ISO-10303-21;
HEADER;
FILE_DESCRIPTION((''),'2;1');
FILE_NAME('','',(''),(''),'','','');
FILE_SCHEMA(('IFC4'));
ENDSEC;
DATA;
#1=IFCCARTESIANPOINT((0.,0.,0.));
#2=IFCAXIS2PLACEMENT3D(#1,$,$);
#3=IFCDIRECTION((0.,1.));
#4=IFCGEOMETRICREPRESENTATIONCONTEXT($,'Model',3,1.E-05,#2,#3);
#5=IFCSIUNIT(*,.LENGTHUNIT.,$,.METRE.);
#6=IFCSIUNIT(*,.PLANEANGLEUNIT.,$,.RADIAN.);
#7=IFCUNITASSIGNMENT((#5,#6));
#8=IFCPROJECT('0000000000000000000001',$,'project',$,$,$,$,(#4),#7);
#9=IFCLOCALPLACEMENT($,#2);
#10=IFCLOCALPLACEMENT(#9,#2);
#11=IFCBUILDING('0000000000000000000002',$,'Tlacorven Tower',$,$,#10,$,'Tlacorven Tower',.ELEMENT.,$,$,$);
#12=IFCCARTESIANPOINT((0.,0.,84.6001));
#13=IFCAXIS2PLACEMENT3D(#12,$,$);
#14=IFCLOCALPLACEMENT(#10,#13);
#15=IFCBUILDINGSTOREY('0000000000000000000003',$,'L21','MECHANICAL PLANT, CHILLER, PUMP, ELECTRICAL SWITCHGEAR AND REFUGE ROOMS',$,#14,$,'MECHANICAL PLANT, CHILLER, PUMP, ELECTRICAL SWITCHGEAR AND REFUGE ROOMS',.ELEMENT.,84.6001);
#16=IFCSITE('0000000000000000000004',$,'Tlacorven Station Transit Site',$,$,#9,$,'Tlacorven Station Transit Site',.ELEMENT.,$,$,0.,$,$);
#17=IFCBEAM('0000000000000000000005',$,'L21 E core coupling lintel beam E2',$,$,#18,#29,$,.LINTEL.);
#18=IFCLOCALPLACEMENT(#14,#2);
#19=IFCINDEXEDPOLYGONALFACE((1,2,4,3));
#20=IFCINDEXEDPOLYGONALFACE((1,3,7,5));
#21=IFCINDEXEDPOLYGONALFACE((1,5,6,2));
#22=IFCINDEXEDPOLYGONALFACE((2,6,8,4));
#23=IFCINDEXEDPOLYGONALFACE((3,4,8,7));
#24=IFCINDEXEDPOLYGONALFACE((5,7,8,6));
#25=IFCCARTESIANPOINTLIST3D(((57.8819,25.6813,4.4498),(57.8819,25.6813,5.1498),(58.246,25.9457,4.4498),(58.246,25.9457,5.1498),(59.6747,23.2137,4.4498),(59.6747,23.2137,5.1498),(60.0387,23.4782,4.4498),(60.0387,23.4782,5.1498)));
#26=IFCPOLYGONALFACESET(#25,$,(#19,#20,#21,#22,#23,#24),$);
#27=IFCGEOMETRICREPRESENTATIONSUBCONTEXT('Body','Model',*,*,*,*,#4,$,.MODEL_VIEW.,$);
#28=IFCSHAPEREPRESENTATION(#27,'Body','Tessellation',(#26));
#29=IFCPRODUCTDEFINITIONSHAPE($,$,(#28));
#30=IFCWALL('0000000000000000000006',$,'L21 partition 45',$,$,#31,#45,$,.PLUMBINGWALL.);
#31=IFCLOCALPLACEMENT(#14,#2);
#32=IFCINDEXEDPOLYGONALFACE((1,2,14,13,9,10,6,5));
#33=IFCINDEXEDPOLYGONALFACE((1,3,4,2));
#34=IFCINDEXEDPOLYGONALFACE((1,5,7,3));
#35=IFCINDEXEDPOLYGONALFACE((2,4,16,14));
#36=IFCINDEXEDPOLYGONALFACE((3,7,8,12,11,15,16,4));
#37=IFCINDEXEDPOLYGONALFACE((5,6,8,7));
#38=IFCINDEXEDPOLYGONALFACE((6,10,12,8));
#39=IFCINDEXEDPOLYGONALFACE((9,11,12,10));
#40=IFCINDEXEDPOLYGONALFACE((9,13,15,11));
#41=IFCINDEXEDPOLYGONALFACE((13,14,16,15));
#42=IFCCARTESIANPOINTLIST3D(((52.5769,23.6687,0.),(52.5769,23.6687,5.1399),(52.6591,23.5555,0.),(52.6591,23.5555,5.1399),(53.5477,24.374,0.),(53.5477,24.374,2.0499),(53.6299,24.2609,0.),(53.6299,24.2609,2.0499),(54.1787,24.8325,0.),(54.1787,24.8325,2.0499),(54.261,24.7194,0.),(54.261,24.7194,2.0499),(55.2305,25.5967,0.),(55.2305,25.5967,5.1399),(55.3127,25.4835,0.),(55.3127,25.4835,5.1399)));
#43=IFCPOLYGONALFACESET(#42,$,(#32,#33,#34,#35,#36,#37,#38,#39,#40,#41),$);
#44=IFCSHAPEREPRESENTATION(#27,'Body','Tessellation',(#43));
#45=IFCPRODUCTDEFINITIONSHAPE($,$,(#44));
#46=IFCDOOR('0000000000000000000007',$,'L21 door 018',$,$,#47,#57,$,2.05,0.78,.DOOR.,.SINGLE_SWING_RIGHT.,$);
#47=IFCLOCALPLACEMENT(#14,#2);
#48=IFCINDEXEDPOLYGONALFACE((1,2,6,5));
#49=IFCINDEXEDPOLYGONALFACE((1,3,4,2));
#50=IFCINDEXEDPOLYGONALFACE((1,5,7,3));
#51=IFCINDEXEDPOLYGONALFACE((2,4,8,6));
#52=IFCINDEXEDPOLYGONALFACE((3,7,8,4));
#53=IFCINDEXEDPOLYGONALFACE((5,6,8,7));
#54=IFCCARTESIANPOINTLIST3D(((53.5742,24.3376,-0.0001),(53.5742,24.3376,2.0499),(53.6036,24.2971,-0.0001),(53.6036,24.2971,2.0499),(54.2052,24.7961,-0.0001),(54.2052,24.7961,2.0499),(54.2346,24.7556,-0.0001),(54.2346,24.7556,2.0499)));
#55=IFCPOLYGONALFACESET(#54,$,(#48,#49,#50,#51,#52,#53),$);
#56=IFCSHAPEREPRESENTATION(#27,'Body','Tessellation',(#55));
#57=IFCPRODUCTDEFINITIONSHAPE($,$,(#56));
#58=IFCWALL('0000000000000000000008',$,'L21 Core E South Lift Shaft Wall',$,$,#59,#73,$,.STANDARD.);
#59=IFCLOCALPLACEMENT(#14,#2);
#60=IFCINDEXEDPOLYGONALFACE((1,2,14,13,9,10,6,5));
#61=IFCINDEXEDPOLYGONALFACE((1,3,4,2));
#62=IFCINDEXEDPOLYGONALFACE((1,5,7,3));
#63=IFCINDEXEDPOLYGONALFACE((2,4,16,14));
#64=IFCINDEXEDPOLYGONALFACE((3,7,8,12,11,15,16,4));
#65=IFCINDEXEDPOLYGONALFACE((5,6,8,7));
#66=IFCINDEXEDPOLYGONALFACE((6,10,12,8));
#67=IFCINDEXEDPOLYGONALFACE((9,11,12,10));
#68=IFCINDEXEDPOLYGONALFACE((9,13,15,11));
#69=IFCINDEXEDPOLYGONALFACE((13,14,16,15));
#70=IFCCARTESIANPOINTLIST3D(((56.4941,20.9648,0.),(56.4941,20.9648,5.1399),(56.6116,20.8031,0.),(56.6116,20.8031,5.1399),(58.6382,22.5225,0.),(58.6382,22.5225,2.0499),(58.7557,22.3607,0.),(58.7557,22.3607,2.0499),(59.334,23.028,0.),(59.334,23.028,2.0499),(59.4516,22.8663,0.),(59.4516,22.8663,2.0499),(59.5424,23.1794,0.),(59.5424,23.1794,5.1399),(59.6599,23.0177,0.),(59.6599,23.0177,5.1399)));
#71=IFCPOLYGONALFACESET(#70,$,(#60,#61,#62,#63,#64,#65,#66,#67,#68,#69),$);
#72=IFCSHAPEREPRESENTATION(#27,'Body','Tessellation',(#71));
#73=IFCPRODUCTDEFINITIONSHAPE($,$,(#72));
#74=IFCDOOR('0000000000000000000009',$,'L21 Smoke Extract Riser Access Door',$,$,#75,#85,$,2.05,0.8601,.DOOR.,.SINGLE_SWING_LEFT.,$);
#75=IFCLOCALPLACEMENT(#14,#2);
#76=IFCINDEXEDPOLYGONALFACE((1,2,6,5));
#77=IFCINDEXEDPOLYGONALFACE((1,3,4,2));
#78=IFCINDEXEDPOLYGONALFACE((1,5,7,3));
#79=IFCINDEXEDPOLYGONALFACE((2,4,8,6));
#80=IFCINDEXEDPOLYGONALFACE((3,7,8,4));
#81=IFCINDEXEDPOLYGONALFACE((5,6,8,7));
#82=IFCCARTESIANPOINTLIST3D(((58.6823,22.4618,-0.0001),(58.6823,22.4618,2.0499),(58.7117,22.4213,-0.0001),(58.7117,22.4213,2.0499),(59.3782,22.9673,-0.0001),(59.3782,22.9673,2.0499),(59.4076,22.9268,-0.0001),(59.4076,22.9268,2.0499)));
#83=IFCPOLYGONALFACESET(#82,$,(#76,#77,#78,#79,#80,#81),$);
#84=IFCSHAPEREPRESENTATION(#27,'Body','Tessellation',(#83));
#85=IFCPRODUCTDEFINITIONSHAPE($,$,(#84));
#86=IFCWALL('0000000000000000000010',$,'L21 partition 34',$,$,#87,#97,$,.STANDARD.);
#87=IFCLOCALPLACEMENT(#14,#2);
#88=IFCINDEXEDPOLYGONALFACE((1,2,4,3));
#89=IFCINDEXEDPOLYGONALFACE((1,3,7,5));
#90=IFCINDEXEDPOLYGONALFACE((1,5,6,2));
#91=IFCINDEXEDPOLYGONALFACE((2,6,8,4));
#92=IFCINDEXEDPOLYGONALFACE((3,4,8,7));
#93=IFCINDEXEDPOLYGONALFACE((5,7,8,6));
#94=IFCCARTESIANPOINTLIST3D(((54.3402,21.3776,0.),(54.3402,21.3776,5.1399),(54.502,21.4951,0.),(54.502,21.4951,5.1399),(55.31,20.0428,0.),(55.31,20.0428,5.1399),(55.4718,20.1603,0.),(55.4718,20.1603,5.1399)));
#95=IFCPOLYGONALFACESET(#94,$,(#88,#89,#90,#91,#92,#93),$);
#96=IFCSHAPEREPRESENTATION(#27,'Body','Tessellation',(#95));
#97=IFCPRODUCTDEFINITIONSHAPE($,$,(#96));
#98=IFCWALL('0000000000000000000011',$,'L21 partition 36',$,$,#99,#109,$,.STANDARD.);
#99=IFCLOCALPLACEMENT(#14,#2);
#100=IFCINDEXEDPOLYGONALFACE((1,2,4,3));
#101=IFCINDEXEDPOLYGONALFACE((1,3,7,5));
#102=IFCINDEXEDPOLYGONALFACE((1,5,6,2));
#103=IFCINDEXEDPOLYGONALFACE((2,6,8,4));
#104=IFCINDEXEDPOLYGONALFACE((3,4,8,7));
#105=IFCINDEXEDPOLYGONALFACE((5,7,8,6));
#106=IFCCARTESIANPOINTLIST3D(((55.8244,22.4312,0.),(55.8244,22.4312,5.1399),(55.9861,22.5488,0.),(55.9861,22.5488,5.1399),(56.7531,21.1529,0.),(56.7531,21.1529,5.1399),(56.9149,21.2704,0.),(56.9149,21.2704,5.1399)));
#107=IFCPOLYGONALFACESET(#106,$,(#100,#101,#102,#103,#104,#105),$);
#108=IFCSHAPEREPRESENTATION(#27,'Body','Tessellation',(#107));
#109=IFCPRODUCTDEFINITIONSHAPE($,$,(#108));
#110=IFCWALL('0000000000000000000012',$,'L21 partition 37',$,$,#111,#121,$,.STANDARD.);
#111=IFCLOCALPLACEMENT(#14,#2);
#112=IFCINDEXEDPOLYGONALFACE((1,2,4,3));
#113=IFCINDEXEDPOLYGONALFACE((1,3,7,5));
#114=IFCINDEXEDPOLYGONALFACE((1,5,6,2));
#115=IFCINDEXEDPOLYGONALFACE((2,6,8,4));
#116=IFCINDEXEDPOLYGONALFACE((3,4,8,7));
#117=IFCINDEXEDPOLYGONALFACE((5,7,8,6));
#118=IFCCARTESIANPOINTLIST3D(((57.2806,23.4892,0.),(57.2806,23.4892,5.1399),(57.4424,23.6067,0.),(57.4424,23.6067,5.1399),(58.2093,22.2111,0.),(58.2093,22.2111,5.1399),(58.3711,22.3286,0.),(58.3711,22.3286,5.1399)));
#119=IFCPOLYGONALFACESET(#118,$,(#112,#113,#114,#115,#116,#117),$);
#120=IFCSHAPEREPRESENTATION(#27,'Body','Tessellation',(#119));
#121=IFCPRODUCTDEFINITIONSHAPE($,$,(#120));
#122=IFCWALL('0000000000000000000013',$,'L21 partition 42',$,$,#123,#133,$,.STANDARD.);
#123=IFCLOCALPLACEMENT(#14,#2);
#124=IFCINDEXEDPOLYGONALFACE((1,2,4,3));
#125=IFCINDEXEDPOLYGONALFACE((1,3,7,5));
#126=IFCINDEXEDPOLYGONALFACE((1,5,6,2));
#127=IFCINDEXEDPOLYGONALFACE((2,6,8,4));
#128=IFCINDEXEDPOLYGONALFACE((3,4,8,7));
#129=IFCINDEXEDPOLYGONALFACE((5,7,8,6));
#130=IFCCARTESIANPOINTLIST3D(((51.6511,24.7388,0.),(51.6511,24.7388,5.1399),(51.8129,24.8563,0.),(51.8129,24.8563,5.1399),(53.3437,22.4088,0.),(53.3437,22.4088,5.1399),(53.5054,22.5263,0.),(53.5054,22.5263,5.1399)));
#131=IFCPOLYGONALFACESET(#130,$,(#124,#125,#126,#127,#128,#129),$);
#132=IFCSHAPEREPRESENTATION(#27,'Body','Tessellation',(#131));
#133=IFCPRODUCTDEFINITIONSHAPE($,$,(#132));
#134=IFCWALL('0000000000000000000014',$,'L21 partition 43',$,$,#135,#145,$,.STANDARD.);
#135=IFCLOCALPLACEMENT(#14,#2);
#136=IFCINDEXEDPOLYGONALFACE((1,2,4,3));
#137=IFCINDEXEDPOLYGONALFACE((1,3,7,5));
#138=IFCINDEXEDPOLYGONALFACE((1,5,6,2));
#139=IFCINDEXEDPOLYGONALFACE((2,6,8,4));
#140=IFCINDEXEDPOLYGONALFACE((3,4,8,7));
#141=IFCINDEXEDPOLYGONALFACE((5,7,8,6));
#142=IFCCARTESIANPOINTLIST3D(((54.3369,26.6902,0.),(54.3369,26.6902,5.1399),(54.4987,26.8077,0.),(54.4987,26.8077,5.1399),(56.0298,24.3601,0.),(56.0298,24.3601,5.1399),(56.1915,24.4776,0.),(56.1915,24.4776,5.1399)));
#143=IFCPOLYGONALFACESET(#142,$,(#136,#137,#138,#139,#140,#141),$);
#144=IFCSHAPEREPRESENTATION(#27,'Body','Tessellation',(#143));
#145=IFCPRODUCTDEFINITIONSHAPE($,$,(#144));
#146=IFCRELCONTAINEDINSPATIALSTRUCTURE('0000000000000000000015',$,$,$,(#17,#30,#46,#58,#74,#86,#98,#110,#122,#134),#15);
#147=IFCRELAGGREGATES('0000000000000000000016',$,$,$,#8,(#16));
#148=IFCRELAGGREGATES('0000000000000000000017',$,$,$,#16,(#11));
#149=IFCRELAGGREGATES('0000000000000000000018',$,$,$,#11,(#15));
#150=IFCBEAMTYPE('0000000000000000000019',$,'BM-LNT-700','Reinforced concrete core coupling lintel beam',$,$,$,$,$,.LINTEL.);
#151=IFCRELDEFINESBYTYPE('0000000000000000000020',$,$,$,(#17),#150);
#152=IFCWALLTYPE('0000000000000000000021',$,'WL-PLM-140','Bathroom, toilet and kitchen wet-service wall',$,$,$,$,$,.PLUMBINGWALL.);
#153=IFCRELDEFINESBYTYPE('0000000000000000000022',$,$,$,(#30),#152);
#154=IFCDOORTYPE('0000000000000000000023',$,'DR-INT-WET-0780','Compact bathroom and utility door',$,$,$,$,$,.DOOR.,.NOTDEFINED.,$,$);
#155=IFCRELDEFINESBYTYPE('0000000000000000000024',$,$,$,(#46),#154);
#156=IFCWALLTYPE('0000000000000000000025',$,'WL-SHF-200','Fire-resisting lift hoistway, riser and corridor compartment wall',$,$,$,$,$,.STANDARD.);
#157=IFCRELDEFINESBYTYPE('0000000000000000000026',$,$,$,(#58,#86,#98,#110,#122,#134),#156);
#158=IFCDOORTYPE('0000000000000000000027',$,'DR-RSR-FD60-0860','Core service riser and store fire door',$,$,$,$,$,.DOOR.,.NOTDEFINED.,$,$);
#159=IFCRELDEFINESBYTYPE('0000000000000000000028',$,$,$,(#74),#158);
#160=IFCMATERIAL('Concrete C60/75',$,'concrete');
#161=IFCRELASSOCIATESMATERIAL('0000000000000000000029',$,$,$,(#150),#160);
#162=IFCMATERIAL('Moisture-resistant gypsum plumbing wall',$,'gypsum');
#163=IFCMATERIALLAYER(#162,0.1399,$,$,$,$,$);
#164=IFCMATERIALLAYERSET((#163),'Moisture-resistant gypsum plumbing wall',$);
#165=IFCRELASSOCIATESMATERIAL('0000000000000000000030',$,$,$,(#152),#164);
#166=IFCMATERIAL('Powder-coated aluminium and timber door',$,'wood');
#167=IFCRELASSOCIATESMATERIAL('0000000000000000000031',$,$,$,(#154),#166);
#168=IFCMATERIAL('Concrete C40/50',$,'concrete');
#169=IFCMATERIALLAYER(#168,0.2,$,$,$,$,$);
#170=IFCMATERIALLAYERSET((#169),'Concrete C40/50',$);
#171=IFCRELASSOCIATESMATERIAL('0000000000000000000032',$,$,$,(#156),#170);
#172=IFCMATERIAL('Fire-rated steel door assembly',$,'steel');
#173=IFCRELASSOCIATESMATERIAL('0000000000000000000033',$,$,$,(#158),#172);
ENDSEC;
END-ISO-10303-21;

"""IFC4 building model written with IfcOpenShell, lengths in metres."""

from ifc_helpers import new_model, si_unit, direction, frame, frame_2d, origin, origin_2d, place, context, subcontext, project, spatial, rectangle, extrude, source, transform, mapped, material, layer, layer_set, material_profile, profile_set, type_object, element, fill, save


model = new_model("IFC4")

# Units and contexts
model_context = context("Model", 3, precision=1e-05, world=origin(), true_north=direction((0.0, 1.0)))
body_context = subcontext(model_context, "Body", "Model", "MODEL_VIEW")
ifc_project = project(units=[si_unit("LENGTHUNIT", "METRE"), si_unit("PLANEANGLEUNIT", "RADIAN")], contexts=[model_context])

# Site, building, storey
site_placement = place(None, origin())
site = spatial("IfcSite", under=ifc_project, at=site_placement, Name="Tlacorven Station Transit Site", LongName="Tlacorven Station Transit Site", CompositionType="ELEMENT", RefElevation=0.0)
building_placement = place(site_placement, origin())
building = spatial("IfcBuilding", under=site, at=building_placement, Name="Tlacorven Tower", LongName="Tlacorven Tower", CompositionType="ELEMENT")
storey_placement = place(building_placement, frame((0.0, 0.0, 84.6001)))
storey = spatial("IfcBuildingStorey", under=building, at=storey_placement, Name="L21", Description="MECHANICAL PLANT, CHILLER, PUMP, ELECTRICAL SWITCHGEAR AND REFUGE ROOMS", LongName="MECHANICAL PLANT, CHILLER, PUMP, ELECTRICAL SWITCHGEAR AND REFUGE ROOMS", CompositionType="ELEMENT", Elevation=84.6001)

# Beam
ifc_material_1 = material(Name="Concrete C60/75", Category="concrete")
ifc_material_profile = material_profile(ifc_material_1, rectangle(XDim=0.45, YDim=0.7, at=origin_2d()), Name="RC 450X700")
ifc_profile_set = profile_set([ifc_material_profile], Name="Concrete C60/75")
beam_type = type_object("IfcBeamType", Name="BM-LNT-700", Description="Reinforced concrete core coupling lintel beam", PredefinedType="LINTEL", material=ifc_profile_set)
shared_shape_1 = source(origin(), body_context, "Body", "SweptSolid", [
    extrude(rectangle(XDim=0.45, YDim=0.7, at=origin_2d()), origin(), (0.0, 0.0, 1.0), 3.05),
])
beam_placement = place(storey_placement, frame((59.8567, 23.3459, 4.7998), z_axis=(-0.587777, 0.809023, 0.0), x_axis=(-0.809023, -0.587777, 0.0)))
element("IfcBeam", 1, at=beam_placement, inside=storey, type_object=beam_type, Name="L21 E core coupling lintel beam E2", PredefinedType="LINTEL", context=body_context, shape_type="MappedRepresentation", body=[
    mapped(shared_shape_1, transform((0.0, 0.0, 0.0), scale=1.0)),
])

# Walls, openings, doors
ifc_material_2 = material(Name="Moisture-resistant gypsum plumbing wall", Category="gypsum")
ifc_layer_1 = layer(ifc_material_2, 0.1399)
ifc_layer_set_1 = layer_set([ifc_layer_1], Name="Moisture-resistant gypsum plumbing wall")
wall_type_1 = type_object("IfcWallType", Name="WL-PLM-140", Description="Bathroom, toilet and kitchen wet-service wall", PredefinedType="PLUMBINGWALL", material=ifc_layer_set_1)
wall_1_placement = place(storey_placement, frame((52.6179, 23.6121, 0.0), z_axis=(0.0, 0.0, 1.0), x_axis=(0.80901, 0.587795, 0.0)))
wall_1 = element("IfcWall", 2, at=wall_1_placement, inside=storey, type_object=wall_type_1, Name="L21 partition 45", PredefinedType="PLUMBINGWALL", context=body_context, shape_type="SweptSolid", body=[
    extrude(rectangle(XDim=3.28, YDim=0.1399, at=frame_2d((1.6401, 0.0))), origin(), (0.0, 0.0, 1.0), 5.1399),
])
opening_1_placement = place(wall_1_placement, frame((1.2, 0.0, 0.0)))
opening_1 = element("IfcOpeningElement", 3, at=opening_1_placement, cuts=wall_1, PredefinedType="OPENING", context=body_context, shape_type="SweptSolid", body=[
    extrude(rectangle(XDim=0.78, YDim=2.05, at=frame_2d((0.3901, 1.0249))), frame((0.0, 0.0801, 0.0), z_axis=(0.0, -1.0, 0.0), x_axis=(1.0, 0.0, 0.0)), (0.0, 0.0, 1.0), 0.1599),
])
ifc_material_3 = material(Name="Powder-coated aluminium and timber door", Category="wood")
door_type_1 = type_object("IfcDoorType", Name="DR-INT-WET-0780", Description="Compact bathroom and utility door", OperationType="NOTDEFINED", PredefinedType="DOOR", material=ifc_material_3)
shared_shape_2 = source(origin(), body_context, "Body", "SweptSolid", [
    extrude(rectangle(XDim=0.78, YDim=2.05, at=frame_2d((0.3901, 1.0249))), frame((0.0, 0.0249, 0.0), z_axis=(0.0, -1.0, 0.0), x_axis=(1.0, 0.0, 0.0)), (0.0, 0.0, 1.0), 0.05),
])
door_1_placement = place(opening_1_placement, origin())
door_1 = element("IfcDoor", 4, at=door_1_placement, inside=storey, type_object=door_type_1, Name="L21 door 018", OperationType="SINGLE_SWING_RIGHT", OverallHeight=2.05, OverallWidth=0.78, PredefinedType="DOOR", context=body_context, shape_type="MappedRepresentation", body=[
    mapped(shared_shape_2, transform((0.0, 0.0, 0.0), scale=1.0)),
])
fill(opening_1, door_1)
ifc_material_4 = material(Name="Concrete C40/50", Category="concrete")
ifc_layer_2 = layer(ifc_material_4, 0.2)
ifc_layer_set_2 = layer_set([ifc_layer_2], Name="Concrete C40/50")
wall_type_2 = type_object("IfcWallType", Name="WL-SHF-200", Description="Fire-resisting lift hoistway, riser and corridor compartment wall", PredefinedType="STANDARD", material=ifc_layer_set_2)
wall_2_placement = place(storey_placement, frame((56.553, 20.884, 0.0), z_axis=(0.0, 0.0, 1.0), x_axis=(0.809036, 0.587759, 0.0)))
wall_2 = element("IfcWall", 5, at=wall_2_placement, inside=storey, type_object=wall_type_2, Name="L21 Core E South Lift Shaft Wall", PredefinedType="STANDARD", context=body_context, shape_type="SweptSolid", body=[
    extrude(rectangle(XDim=3.7678, YDim=0.2, at=frame_2d((1.8838, 0.0))), origin(), (0.0, 0.0, 1.0), 5.1399),
])
opening_2_placement = place(wall_2_placement, frame((2.6499, 0.0, 0.0)))
opening_2 = element("IfcOpeningElement", 6, at=opening_2_placement, cuts=wall_2, PredefinedType="OPENING", context=body_context, shape_type="SweptSolid", body=[
    extrude(rectangle(XDim=0.8601, YDim=2.05, at=frame_2d((0.4302, 1.0249))), frame((0.0, 0.1099, 0.0), z_axis=(0.0, -1.0, 0.0), x_axis=(1.0, 0.0, 0.0)), (0.0, 0.0, 1.0), 0.22),
])
ifc_material_5 = material(Name="Fire-rated steel door assembly", Category="steel")
door_type_2 = type_object("IfcDoorType", Name="DR-RSR-FD60-0860", Description="Core service riser and store fire door", OperationType="NOTDEFINED", PredefinedType="DOOR", material=ifc_material_5)
shared_shape_3 = source(origin(), body_context, "Body", "SweptSolid", [
    extrude(rectangle(XDim=0.8601, YDim=2.05, at=frame_2d((0.4302, 1.0249))), frame((0.0, 0.0249, 0.0), z_axis=(0.0, -1.0, 0.0), x_axis=(1.0, 0.0, 0.0)), (0.0, 0.0, 1.0), 0.05),
])
door_2_placement = place(opening_2_placement, origin())
door_2 = element("IfcDoor", 7, at=door_2_placement, inside=storey, type_object=door_type_2, Name="L21 Smoke Extract Riser Access Door", OperationType="SINGLE_SWING_LEFT", OverallHeight=2.05, OverallWidth=0.8601, PredefinedType="DOOR", context=body_context, shape_type="MappedRepresentation", body=[
    mapped(shared_shape_3, transform((0.0, 0.0, 0.0), scale=1.0)),
])
fill(opening_2, door_2)

# Walls
wall_3_placement = place(storey_placement, frame((55.3909, 20.1016, 0.0), z_axis=(0.0, 0.0, 1.0), x_axis=(-0.587784, 0.809018, 0.0)))
element("IfcWall", 8, at=wall_3_placement, inside=storey, type_object=wall_type_2, Name="L21 partition 34", PredefinedType="STANDARD", context=body_context, shape_type="SweptSolid", body=[
    extrude(rectangle(XDim=1.6499, YDim=0.2, at=frame_2d((0.825, 0.0))), origin(), (0.0, 0.0, 1.0), 5.1399),
])
wall_4_placement = place(storey_placement, frame((56.834, 21.2117, 0.0), z_axis=(0.0, 0.0, 1.0), x_axis=(-0.587767, 0.80903, 0.0)))
element("IfcWall", 9, at=wall_4_placement, inside=storey, type_object=wall_type_2, Name="L21 partition 36", PredefinedType="STANDARD", context=body_context, shape_type="SweptSolid", body=[
    extrude(rectangle(XDim=1.5801, YDim=0.2, at=frame_2d((0.79, 0.0))), origin(), (0.0, 0.0, 1.0), 5.1399),
])
wall_5_placement = place(storey_placement, frame((58.2903, 22.2698, 0.0), z_axis=(0.0, 0.0, 1.0), x_axis=(-0.587841, 0.808977, 0.0)))
element("IfcWall", 10, at=wall_5_placement, inside=storey, type_object=wall_type_2, Name="L21 partition 37", PredefinedType="STANDARD", context=body_context, shape_type="SweptSolid", body=[
    extrude(rectangle(XDim=1.5798, YDim=0.2, at=frame_2d((0.79, 0.0))), origin(), (0.0, 0.0, 1.0), 5.1399),
])
wall_6_placement = place(storey_placement, frame((53.4246, 22.4675, 0.0), z_axis=(0.0, 0.0, 1.0), x_axis=(-0.587723, 0.809062, 0.0)))
element("IfcWall", 11, at=wall_6_placement, inside=storey, type_object=wall_type_2, Name="L21 partition 42", PredefinedType="STANDARD", context=body_context, shape_type="SweptSolid", body=[
    extrude(rectangle(XDim=2.8799, YDim=0.2, at=frame_2d((1.4399, 0.0))), origin(), (0.0, 0.0, 1.0), 5.1399),
])
wall_7_placement = place(storey_placement, frame((56.1106, 24.4189, 0.0), z_axis=(0.0, 0.0, 1.0), x_axis=(-0.587778, 0.809022, 0.0)))
element("IfcWall", 12, at=wall_7_placement, inside=storey, type_object=wall_type_2, Name="L21 partition 43", PredefinedType="STANDARD", context=body_context, shape_type="SweptSolid", body=[
    extrude(rectangle(XDim=2.8801, YDim=0.2, at=frame_2d((1.4399, 0.0))), origin(), (0.0, 0.0, 1.0), 5.1399),
])

save(model, "model.ifc")
